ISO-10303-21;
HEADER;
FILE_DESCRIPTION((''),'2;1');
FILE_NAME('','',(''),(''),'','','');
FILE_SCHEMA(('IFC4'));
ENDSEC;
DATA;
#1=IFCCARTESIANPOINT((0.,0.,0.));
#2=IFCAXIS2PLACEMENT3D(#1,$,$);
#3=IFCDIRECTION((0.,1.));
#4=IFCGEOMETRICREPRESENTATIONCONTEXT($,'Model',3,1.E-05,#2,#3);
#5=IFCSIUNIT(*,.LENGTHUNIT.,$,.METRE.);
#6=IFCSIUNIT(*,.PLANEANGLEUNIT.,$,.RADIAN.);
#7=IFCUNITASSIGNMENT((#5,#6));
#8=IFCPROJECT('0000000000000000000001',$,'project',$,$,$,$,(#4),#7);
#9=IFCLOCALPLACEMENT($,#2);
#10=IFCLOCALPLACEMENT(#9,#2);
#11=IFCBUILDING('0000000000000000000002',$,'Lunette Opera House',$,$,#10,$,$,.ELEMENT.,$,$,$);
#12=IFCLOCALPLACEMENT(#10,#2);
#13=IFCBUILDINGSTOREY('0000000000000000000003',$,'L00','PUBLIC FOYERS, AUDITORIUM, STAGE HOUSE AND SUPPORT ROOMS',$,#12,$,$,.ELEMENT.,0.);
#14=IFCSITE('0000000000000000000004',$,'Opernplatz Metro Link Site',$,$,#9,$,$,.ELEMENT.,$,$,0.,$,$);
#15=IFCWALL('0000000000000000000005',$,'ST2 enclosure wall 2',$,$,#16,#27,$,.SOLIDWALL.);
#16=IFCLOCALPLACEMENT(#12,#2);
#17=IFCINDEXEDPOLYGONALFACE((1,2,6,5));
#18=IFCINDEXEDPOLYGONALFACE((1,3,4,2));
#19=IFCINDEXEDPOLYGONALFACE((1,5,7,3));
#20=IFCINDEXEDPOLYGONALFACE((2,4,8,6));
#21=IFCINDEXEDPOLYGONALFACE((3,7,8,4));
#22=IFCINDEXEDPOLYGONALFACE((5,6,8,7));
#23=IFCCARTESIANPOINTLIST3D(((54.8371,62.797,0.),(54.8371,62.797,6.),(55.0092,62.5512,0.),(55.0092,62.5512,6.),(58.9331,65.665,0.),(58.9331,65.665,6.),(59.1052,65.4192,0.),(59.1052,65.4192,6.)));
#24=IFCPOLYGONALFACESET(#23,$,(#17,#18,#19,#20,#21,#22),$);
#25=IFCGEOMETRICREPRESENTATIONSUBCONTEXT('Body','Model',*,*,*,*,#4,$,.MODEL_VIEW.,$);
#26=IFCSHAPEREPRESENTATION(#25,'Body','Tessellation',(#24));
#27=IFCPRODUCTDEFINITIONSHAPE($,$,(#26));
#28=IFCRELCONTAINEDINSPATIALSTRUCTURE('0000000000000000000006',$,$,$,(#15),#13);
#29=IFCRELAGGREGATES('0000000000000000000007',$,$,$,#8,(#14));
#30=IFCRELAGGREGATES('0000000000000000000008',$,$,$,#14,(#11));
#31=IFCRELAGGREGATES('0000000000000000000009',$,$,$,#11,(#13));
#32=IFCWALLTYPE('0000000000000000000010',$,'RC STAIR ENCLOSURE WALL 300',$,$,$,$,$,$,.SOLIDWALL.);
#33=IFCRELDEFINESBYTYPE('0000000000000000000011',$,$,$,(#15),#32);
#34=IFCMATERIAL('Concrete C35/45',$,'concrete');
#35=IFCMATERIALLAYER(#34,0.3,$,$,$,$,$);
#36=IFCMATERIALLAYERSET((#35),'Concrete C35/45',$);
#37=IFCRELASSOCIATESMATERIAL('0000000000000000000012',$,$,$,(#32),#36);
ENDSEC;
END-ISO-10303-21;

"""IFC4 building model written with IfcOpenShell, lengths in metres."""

from ifc_helpers import new_model, si_unit, direction, frame, frame_2d, origin, place, context, subcontext, project, spatial, rectangle, extrude, material, layer, layer_set, type_object, element, save


model = new_model("IFC4")

# Units and contexts
model_context = context("Model", 3, precision=1e-05, world=origin(), true_north=direction((0.0, 1.0)))
body_context = subcontext(model_context, "Body", "Model", "MODEL_VIEW")
ifc_project = project(units=[si_unit("LENGTHUNIT", "METRE"), si_unit("PLANEANGLEUNIT", "RADIAN")], contexts=[model_context])

# Site, building, storey
site_placement = place(None, origin())
site = spatial("IfcSite", under=ifc_project, at=site_placement, Name="Opernplatz Metro Link Site", CompositionType="ELEMENT", RefElevation=0.0)
building_placement = place(site_placement, origin())
building = spatial("IfcBuilding", under=site, at=building_placement, Name="Lunette Opera House", CompositionType="ELEMENT")
storey_placement = place(building_placement, origin())
storey = spatial("IfcBuildingStorey", under=building, at=storey_placement, Name="L00", Description="PUBLIC FOYERS, AUDITORIUM, STAGE HOUSE AND SUPPORT ROOMS", CompositionType="ELEMENT", Elevation=0.0)

# Wall
ifc_material_1 = material(Name="Concrete C35/45", Category="concrete")
ifc_layer_1 = layer(ifc_material_1, 0.3)
ifc_layer_set_1 = layer_set([ifc_layer_1], Name="Concrete C35/45")
wall_type_1 = type_object("IfcWallType", Name="RC STAIR ENCLOSURE WALL 300", PredefinedType="SOLIDWALL", material=ifc_layer_set_1)
wall_1_placement = place(storey_placement, frame((59.019, 65.542, 0.0), z_axis=(0.0, 0.0, 1.0), x_axis=(-0.819161, -0.573564, 0.0)))
element("IfcWall", 1, at=wall_1_placement, inside=storey, type_object=wall_type_1, Name="ST2 enclosure wall 2", PredefinedType="SOLIDWALL", context=body_context, shape_type="SweptSolid", body=[
    extrude(rectangle(XDim=5.0002, YDim=0.3, at=frame_2d((2.5, 0.0))), origin(), (0.0, 0.0, 1.0), 6.0),
])

save(model, "model.ifc")
